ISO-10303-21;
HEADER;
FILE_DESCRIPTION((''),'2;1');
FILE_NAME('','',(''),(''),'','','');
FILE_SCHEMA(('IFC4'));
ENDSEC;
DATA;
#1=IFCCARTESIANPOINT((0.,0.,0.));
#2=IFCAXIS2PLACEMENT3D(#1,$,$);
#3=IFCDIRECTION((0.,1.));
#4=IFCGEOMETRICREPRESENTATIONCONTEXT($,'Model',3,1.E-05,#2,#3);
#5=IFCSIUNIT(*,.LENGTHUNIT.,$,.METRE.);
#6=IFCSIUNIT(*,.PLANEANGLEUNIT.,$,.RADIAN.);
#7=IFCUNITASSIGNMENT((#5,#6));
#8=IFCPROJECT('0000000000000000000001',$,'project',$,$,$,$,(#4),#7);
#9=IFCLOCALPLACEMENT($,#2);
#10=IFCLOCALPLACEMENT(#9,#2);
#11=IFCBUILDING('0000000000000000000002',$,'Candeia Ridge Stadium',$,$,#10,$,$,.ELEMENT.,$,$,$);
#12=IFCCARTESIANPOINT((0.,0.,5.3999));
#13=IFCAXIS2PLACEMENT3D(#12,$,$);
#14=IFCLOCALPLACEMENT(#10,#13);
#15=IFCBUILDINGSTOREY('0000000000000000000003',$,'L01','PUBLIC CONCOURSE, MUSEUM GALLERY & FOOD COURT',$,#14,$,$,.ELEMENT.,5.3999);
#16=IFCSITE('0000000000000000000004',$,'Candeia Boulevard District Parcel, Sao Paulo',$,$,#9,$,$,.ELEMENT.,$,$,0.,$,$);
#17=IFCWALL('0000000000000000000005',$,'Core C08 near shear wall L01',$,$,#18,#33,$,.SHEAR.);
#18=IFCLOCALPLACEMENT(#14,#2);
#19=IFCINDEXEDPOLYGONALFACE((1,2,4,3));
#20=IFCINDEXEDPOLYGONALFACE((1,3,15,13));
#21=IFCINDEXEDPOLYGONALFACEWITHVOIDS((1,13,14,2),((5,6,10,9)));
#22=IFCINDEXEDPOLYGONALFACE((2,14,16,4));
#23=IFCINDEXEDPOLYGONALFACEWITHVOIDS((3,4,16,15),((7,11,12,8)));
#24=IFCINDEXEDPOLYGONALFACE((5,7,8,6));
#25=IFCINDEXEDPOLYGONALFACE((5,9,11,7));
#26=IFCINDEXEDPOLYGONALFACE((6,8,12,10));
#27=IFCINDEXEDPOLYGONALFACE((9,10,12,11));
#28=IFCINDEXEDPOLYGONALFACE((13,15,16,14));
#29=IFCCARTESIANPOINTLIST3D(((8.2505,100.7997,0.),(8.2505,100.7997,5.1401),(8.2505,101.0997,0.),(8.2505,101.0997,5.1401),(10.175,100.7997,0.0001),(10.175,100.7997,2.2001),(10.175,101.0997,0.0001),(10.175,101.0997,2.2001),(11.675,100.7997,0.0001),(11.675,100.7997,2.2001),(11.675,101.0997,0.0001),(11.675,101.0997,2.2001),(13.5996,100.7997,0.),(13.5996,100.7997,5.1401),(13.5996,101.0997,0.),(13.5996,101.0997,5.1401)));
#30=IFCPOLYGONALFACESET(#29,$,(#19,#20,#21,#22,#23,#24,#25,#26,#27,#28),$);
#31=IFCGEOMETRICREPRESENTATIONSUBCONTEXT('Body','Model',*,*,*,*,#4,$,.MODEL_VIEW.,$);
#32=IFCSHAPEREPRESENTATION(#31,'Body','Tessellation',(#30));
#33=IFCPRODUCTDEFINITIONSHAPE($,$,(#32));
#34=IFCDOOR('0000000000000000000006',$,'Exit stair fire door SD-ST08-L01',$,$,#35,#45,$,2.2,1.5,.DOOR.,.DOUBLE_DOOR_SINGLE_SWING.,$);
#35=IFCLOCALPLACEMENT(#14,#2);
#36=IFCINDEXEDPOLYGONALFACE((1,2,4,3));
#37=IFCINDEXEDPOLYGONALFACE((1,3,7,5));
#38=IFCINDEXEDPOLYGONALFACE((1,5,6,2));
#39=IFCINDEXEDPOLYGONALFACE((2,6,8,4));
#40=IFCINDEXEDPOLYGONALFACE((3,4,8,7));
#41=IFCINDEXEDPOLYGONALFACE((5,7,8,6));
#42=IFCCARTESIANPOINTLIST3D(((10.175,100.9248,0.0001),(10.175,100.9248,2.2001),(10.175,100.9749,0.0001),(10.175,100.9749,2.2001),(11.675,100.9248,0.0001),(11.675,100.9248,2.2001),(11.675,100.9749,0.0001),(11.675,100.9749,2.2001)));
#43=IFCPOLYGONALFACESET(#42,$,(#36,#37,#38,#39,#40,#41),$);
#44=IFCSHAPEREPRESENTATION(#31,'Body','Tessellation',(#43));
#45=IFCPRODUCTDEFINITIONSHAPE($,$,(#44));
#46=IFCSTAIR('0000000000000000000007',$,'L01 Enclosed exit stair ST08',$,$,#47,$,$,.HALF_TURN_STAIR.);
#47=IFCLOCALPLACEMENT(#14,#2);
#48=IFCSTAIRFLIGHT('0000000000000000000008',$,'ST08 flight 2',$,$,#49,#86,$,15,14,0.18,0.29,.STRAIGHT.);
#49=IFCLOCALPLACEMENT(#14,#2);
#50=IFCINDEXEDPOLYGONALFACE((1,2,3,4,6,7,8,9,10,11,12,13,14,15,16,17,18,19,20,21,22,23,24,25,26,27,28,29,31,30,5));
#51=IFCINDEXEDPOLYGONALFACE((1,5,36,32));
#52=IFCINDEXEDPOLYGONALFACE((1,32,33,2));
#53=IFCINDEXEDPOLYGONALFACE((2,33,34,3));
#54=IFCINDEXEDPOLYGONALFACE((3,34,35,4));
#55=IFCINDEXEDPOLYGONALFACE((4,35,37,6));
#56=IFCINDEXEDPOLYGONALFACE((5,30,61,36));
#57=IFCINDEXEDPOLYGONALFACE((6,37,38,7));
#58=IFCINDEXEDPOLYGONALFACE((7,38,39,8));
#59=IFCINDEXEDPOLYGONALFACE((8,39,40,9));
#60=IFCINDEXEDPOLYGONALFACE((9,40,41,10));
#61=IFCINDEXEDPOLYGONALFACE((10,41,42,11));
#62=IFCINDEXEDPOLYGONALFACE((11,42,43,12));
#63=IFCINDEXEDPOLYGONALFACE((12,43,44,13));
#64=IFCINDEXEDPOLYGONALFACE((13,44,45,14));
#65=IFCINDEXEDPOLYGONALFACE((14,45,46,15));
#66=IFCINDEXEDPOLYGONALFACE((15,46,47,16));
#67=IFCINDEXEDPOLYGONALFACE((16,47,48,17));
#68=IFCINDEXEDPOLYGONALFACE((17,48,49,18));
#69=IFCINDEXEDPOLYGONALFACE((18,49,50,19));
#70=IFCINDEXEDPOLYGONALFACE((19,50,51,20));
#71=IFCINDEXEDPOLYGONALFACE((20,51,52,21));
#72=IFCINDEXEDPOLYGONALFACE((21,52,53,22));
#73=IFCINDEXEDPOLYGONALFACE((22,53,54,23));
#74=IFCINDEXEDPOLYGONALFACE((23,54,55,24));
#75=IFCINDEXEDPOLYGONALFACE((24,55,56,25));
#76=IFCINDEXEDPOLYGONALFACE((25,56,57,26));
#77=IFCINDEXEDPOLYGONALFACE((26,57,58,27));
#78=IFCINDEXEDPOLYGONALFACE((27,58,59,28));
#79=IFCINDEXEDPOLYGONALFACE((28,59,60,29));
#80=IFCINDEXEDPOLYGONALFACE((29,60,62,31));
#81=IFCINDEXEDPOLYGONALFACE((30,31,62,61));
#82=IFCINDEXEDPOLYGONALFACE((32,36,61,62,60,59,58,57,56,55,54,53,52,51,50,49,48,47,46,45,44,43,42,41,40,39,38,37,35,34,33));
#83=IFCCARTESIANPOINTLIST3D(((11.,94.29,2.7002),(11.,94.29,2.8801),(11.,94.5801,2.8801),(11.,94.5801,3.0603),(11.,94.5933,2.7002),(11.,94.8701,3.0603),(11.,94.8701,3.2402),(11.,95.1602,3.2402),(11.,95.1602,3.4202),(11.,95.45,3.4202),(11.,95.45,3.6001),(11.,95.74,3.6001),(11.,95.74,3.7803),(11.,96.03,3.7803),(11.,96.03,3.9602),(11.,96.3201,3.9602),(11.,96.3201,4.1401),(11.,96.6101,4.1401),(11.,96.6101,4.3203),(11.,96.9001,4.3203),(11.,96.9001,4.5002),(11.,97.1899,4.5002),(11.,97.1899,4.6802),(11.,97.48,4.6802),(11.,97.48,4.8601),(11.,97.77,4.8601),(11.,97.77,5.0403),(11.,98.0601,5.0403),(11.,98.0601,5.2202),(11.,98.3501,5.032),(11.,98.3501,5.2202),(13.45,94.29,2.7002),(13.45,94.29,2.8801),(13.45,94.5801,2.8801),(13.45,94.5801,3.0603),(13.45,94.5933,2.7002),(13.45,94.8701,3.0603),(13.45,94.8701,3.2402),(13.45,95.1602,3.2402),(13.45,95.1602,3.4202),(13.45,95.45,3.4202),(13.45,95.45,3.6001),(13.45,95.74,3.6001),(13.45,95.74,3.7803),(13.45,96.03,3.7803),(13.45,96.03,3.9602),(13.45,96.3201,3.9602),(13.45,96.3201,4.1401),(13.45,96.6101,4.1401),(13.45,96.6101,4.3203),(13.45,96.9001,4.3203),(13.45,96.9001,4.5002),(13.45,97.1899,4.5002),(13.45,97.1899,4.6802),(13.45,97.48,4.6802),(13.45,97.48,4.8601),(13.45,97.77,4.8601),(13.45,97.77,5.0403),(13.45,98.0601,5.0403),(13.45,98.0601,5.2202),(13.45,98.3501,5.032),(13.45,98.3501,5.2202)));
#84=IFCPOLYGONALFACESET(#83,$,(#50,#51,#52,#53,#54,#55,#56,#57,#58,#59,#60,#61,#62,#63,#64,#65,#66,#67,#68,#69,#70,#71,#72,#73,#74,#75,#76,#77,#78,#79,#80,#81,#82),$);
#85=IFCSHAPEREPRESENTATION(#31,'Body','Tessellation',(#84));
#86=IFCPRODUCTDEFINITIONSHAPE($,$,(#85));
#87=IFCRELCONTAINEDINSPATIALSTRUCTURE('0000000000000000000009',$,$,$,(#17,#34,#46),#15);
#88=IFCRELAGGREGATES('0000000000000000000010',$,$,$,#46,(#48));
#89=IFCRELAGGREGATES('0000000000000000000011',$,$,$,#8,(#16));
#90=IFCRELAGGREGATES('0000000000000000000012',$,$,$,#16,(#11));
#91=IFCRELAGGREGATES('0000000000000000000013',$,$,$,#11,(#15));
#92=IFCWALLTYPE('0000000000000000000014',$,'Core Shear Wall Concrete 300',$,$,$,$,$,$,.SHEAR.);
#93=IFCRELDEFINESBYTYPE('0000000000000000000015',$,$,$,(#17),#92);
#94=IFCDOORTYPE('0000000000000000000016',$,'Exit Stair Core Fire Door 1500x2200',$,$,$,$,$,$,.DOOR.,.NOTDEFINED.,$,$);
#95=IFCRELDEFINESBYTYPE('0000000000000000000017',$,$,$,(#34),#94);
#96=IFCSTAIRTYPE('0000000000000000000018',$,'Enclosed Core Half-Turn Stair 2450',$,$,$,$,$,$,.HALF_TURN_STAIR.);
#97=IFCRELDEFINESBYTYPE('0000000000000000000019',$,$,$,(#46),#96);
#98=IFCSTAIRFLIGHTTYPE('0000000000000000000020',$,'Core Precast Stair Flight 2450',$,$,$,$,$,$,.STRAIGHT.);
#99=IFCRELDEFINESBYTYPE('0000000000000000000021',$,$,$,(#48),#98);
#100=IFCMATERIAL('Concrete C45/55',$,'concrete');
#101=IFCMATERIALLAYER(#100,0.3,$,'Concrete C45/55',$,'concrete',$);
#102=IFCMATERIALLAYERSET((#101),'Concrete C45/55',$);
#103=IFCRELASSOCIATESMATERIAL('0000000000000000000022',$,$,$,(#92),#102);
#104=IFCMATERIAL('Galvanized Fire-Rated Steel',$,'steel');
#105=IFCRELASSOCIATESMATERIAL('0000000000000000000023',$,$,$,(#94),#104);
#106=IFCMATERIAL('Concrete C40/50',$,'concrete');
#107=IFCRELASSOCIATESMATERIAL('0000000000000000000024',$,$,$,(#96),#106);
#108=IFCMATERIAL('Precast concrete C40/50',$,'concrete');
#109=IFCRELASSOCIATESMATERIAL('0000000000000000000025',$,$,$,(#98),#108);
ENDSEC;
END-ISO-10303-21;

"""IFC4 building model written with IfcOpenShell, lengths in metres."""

from ifc_helpers import new_model, si_unit, direction, frame, frame_2d, origin, place, context, subcontext, project, spatial, polyline, rectangle, outline, extrude, material, layer, layer_set, type_object, element, fill, aggregate, save


model = new_model("IFC4")

# Units and contexts
model_context = context("Model", 3, precision=1e-05, world=origin(), true_north=direction((0.0, 1.0)))
body_context = subcontext(model_context, "Body", "Model", "MODEL_VIEW")
ifc_project = project(units=[si_unit("LENGTHUNIT", "METRE"), si_unit("PLANEANGLEUNIT", "RADIAN")], contexts=[model_context])

# Site, building, storey
site_placement = place(None, origin())
site = spatial("IfcSite", under=ifc_project, at=site_placement, Name="Candeia Boulevard District Parcel, Sao Paulo", CompositionType="ELEMENT", RefElevation=0.0)
building_placement = place(site_placement, origin())
building = spatial("IfcBuilding", under=site, at=building_placement, Name="Candeia Ridge Stadium", CompositionType="ELEMENT")
storey_placement = place(building_placement, frame((0.0, 0.0, 5.3999)))
storey = spatial("IfcBuildingStorey", under=building, at=storey_placement, Name="L01", Description="PUBLIC CONCOURSE, MUSEUM GALLERY & FOOD COURT", CompositionType="ELEMENT", Elevation=5.3999)

# Shared definitions
ifc_material_1 = material(Name="Concrete C45/55", Category="concrete")
ifc_material_2 = material(Name="Concrete C40/50", Category="concrete")

# Shared definitions
ifc_layer_1 = layer(ifc_material_1, 0.3, Name="Concrete C45/55", Category="concrete")
ifc_layer_set_1 = layer_set([ifc_layer_1], Name="Concrete C45/55")
wall_type = type_object("IfcWallType", Name="Core Shear Wall Concrete 300", PredefinedType="SHEAR", material=ifc_layer_set_1)

# Wall, opening, door
wall_1_placement = place(storey_placement, frame((13.5996, 100.9497, 0.0), z_axis=(0.0, 0.0, 1.0), x_axis=(-1.0, 0.0, 0.0)))
wall_1 = element("IfcWall", 1, at=wall_1_placement, inside=storey, type_object=wall_type, Name="Core C08 near shear wall L01", PredefinedType="SHEAR", context=body_context, shape_type="SweptSolid", body=[
    extrude(rectangle(XDim=5.3491, YDim=0.3, at=frame_2d((2.6746, 0.0))), origin(), (0.0, 0.0, 1.0), 5.1401),
])
opening_placement = place(wall_1_placement, frame((1.9246, 0.0, 0.0)))
opening = element("IfcOpeningElement", 2, at=opening_placement, cuts=wall_1, PredefinedType="OPENING", context=body_context, shape_type="SweptSolid", body=[
    extrude(rectangle(XDim=1.5, YDim=2.2, at=frame_2d((0.75, 1.1001))), frame((0.0, 0.1599, 0.0), z_axis=(0.0, -1.0, 0.0), x_axis=(1.0, 0.0, 0.0)), (0.0, 0.0, 1.0), 0.3201),
])
ifc_material_3 = material(Name="Galvanized Fire-Rated Steel", Category="steel")
door_type = type_object("IfcDoorType", Name="Exit Stair Core Fire Door 1500x2200", OperationType="NOTDEFINED", PredefinedType="DOOR", material=ifc_material_3)
door_placement = place(opening_placement, origin())
door = element("IfcDoor", 3, at=door_placement, inside=storey, type_object=door_type, Name="Exit stair fire door SD-ST08-L01", OperationType="DOUBLE_DOOR_SINGLE_SWING", OverallHeight=2.2, OverallWidth=1.5, PredefinedType="DOOR", context=body_context, shape_type="SweptSolid", body=[
    extrude(rectangle(XDim=1.5, YDim=2.2, at=frame_2d((0.75, 1.1001))), frame((0.0, 0.0249, 0.0), z_axis=(0.0, -1.0, 0.0), x_axis=(1.0, 0.0, 0.0)), (0.0, 0.0, 1.0), 0.05),
])
fill(opening, door)

# Stair, stair flight
stair_type = type_object("IfcStairType", Name="Enclosed Core Half-Turn Stair 2450", PredefinedType="HALF_TURN_STAIR", material=ifc_material_2)
stair_placement = place(storey_placement, origin())
stair = element("IfcStair", 4, at=stair_placement, inside=storey, type_object=stair_type, Name="L01 Enclosed exit stair ST08", PredefinedType="HALF_TURN_STAIR")
ifc_material_4 = material(Name="Precast concrete C40/50", Category="concrete")
stair_flight_type = type_object("IfcStairFlightType", Name="Core Precast Stair Flight 2450", PredefinedType="STRAIGHT", material=ifc_material_4)
stair_flight_placement = place(storey_placement, frame((12.2251, 94.29, 2.7002), z_axis=(0.0, 0.0, 1.0), x_axis=(0.0, 1.0, 0.0)))
stair_flight = element("IfcStairFlight", 5, at=stair_flight_placement, type_object=stair_flight_type, Name="ST08 flight 2", NumberOfRisers=15, NumberOfTreads=14, PredefinedType="STRAIGHT", RiserHeight=0.18, TreadLength=0.29, context=body_context, shape_type="SweptSolid", body=[
    extrude(outline(polyline([(0.0, 0.0), (0.0, 0.1799), (0.29, 0.1799), (0.29, 0.3601), (0.5801, 0.3601), (0.5801, 0.54), (0.8701, 0.54), (0.8701, 0.72), (1.1599, 0.72), (1.1599, 0.8999), (1.45, 0.8999), (1.45, 1.0801), (1.74, 1.0801), (1.74, 1.26), (2.03, 1.26), (2.03, 1.4399), (2.3201, 1.4399), (2.3201, 1.6201), (2.6101, 1.6201), (2.6101, 1.8), (2.8999, 1.8), (2.8999, 1.98), (3.1899, 1.98), (3.1899, 2.1599), (3.48, 2.1599), (3.48, 2.3401), (3.77, 2.3401), (3.77, 2.52), (4.0601, 2.52), (4.0601, 2.7), (4.0601, 2.3318), (0.3032, 0.0), (0.0, 0.0)])), frame((0.0, 1.2251, 0.0), z_axis=(0.0, -1.0, 0.0), x_axis=(1.0, 0.0, 0.0)), (0.0, 0.0, 1.0), 2.45),
])
aggregate(stair, [stair_flight])

save(model, "model.ifc")
